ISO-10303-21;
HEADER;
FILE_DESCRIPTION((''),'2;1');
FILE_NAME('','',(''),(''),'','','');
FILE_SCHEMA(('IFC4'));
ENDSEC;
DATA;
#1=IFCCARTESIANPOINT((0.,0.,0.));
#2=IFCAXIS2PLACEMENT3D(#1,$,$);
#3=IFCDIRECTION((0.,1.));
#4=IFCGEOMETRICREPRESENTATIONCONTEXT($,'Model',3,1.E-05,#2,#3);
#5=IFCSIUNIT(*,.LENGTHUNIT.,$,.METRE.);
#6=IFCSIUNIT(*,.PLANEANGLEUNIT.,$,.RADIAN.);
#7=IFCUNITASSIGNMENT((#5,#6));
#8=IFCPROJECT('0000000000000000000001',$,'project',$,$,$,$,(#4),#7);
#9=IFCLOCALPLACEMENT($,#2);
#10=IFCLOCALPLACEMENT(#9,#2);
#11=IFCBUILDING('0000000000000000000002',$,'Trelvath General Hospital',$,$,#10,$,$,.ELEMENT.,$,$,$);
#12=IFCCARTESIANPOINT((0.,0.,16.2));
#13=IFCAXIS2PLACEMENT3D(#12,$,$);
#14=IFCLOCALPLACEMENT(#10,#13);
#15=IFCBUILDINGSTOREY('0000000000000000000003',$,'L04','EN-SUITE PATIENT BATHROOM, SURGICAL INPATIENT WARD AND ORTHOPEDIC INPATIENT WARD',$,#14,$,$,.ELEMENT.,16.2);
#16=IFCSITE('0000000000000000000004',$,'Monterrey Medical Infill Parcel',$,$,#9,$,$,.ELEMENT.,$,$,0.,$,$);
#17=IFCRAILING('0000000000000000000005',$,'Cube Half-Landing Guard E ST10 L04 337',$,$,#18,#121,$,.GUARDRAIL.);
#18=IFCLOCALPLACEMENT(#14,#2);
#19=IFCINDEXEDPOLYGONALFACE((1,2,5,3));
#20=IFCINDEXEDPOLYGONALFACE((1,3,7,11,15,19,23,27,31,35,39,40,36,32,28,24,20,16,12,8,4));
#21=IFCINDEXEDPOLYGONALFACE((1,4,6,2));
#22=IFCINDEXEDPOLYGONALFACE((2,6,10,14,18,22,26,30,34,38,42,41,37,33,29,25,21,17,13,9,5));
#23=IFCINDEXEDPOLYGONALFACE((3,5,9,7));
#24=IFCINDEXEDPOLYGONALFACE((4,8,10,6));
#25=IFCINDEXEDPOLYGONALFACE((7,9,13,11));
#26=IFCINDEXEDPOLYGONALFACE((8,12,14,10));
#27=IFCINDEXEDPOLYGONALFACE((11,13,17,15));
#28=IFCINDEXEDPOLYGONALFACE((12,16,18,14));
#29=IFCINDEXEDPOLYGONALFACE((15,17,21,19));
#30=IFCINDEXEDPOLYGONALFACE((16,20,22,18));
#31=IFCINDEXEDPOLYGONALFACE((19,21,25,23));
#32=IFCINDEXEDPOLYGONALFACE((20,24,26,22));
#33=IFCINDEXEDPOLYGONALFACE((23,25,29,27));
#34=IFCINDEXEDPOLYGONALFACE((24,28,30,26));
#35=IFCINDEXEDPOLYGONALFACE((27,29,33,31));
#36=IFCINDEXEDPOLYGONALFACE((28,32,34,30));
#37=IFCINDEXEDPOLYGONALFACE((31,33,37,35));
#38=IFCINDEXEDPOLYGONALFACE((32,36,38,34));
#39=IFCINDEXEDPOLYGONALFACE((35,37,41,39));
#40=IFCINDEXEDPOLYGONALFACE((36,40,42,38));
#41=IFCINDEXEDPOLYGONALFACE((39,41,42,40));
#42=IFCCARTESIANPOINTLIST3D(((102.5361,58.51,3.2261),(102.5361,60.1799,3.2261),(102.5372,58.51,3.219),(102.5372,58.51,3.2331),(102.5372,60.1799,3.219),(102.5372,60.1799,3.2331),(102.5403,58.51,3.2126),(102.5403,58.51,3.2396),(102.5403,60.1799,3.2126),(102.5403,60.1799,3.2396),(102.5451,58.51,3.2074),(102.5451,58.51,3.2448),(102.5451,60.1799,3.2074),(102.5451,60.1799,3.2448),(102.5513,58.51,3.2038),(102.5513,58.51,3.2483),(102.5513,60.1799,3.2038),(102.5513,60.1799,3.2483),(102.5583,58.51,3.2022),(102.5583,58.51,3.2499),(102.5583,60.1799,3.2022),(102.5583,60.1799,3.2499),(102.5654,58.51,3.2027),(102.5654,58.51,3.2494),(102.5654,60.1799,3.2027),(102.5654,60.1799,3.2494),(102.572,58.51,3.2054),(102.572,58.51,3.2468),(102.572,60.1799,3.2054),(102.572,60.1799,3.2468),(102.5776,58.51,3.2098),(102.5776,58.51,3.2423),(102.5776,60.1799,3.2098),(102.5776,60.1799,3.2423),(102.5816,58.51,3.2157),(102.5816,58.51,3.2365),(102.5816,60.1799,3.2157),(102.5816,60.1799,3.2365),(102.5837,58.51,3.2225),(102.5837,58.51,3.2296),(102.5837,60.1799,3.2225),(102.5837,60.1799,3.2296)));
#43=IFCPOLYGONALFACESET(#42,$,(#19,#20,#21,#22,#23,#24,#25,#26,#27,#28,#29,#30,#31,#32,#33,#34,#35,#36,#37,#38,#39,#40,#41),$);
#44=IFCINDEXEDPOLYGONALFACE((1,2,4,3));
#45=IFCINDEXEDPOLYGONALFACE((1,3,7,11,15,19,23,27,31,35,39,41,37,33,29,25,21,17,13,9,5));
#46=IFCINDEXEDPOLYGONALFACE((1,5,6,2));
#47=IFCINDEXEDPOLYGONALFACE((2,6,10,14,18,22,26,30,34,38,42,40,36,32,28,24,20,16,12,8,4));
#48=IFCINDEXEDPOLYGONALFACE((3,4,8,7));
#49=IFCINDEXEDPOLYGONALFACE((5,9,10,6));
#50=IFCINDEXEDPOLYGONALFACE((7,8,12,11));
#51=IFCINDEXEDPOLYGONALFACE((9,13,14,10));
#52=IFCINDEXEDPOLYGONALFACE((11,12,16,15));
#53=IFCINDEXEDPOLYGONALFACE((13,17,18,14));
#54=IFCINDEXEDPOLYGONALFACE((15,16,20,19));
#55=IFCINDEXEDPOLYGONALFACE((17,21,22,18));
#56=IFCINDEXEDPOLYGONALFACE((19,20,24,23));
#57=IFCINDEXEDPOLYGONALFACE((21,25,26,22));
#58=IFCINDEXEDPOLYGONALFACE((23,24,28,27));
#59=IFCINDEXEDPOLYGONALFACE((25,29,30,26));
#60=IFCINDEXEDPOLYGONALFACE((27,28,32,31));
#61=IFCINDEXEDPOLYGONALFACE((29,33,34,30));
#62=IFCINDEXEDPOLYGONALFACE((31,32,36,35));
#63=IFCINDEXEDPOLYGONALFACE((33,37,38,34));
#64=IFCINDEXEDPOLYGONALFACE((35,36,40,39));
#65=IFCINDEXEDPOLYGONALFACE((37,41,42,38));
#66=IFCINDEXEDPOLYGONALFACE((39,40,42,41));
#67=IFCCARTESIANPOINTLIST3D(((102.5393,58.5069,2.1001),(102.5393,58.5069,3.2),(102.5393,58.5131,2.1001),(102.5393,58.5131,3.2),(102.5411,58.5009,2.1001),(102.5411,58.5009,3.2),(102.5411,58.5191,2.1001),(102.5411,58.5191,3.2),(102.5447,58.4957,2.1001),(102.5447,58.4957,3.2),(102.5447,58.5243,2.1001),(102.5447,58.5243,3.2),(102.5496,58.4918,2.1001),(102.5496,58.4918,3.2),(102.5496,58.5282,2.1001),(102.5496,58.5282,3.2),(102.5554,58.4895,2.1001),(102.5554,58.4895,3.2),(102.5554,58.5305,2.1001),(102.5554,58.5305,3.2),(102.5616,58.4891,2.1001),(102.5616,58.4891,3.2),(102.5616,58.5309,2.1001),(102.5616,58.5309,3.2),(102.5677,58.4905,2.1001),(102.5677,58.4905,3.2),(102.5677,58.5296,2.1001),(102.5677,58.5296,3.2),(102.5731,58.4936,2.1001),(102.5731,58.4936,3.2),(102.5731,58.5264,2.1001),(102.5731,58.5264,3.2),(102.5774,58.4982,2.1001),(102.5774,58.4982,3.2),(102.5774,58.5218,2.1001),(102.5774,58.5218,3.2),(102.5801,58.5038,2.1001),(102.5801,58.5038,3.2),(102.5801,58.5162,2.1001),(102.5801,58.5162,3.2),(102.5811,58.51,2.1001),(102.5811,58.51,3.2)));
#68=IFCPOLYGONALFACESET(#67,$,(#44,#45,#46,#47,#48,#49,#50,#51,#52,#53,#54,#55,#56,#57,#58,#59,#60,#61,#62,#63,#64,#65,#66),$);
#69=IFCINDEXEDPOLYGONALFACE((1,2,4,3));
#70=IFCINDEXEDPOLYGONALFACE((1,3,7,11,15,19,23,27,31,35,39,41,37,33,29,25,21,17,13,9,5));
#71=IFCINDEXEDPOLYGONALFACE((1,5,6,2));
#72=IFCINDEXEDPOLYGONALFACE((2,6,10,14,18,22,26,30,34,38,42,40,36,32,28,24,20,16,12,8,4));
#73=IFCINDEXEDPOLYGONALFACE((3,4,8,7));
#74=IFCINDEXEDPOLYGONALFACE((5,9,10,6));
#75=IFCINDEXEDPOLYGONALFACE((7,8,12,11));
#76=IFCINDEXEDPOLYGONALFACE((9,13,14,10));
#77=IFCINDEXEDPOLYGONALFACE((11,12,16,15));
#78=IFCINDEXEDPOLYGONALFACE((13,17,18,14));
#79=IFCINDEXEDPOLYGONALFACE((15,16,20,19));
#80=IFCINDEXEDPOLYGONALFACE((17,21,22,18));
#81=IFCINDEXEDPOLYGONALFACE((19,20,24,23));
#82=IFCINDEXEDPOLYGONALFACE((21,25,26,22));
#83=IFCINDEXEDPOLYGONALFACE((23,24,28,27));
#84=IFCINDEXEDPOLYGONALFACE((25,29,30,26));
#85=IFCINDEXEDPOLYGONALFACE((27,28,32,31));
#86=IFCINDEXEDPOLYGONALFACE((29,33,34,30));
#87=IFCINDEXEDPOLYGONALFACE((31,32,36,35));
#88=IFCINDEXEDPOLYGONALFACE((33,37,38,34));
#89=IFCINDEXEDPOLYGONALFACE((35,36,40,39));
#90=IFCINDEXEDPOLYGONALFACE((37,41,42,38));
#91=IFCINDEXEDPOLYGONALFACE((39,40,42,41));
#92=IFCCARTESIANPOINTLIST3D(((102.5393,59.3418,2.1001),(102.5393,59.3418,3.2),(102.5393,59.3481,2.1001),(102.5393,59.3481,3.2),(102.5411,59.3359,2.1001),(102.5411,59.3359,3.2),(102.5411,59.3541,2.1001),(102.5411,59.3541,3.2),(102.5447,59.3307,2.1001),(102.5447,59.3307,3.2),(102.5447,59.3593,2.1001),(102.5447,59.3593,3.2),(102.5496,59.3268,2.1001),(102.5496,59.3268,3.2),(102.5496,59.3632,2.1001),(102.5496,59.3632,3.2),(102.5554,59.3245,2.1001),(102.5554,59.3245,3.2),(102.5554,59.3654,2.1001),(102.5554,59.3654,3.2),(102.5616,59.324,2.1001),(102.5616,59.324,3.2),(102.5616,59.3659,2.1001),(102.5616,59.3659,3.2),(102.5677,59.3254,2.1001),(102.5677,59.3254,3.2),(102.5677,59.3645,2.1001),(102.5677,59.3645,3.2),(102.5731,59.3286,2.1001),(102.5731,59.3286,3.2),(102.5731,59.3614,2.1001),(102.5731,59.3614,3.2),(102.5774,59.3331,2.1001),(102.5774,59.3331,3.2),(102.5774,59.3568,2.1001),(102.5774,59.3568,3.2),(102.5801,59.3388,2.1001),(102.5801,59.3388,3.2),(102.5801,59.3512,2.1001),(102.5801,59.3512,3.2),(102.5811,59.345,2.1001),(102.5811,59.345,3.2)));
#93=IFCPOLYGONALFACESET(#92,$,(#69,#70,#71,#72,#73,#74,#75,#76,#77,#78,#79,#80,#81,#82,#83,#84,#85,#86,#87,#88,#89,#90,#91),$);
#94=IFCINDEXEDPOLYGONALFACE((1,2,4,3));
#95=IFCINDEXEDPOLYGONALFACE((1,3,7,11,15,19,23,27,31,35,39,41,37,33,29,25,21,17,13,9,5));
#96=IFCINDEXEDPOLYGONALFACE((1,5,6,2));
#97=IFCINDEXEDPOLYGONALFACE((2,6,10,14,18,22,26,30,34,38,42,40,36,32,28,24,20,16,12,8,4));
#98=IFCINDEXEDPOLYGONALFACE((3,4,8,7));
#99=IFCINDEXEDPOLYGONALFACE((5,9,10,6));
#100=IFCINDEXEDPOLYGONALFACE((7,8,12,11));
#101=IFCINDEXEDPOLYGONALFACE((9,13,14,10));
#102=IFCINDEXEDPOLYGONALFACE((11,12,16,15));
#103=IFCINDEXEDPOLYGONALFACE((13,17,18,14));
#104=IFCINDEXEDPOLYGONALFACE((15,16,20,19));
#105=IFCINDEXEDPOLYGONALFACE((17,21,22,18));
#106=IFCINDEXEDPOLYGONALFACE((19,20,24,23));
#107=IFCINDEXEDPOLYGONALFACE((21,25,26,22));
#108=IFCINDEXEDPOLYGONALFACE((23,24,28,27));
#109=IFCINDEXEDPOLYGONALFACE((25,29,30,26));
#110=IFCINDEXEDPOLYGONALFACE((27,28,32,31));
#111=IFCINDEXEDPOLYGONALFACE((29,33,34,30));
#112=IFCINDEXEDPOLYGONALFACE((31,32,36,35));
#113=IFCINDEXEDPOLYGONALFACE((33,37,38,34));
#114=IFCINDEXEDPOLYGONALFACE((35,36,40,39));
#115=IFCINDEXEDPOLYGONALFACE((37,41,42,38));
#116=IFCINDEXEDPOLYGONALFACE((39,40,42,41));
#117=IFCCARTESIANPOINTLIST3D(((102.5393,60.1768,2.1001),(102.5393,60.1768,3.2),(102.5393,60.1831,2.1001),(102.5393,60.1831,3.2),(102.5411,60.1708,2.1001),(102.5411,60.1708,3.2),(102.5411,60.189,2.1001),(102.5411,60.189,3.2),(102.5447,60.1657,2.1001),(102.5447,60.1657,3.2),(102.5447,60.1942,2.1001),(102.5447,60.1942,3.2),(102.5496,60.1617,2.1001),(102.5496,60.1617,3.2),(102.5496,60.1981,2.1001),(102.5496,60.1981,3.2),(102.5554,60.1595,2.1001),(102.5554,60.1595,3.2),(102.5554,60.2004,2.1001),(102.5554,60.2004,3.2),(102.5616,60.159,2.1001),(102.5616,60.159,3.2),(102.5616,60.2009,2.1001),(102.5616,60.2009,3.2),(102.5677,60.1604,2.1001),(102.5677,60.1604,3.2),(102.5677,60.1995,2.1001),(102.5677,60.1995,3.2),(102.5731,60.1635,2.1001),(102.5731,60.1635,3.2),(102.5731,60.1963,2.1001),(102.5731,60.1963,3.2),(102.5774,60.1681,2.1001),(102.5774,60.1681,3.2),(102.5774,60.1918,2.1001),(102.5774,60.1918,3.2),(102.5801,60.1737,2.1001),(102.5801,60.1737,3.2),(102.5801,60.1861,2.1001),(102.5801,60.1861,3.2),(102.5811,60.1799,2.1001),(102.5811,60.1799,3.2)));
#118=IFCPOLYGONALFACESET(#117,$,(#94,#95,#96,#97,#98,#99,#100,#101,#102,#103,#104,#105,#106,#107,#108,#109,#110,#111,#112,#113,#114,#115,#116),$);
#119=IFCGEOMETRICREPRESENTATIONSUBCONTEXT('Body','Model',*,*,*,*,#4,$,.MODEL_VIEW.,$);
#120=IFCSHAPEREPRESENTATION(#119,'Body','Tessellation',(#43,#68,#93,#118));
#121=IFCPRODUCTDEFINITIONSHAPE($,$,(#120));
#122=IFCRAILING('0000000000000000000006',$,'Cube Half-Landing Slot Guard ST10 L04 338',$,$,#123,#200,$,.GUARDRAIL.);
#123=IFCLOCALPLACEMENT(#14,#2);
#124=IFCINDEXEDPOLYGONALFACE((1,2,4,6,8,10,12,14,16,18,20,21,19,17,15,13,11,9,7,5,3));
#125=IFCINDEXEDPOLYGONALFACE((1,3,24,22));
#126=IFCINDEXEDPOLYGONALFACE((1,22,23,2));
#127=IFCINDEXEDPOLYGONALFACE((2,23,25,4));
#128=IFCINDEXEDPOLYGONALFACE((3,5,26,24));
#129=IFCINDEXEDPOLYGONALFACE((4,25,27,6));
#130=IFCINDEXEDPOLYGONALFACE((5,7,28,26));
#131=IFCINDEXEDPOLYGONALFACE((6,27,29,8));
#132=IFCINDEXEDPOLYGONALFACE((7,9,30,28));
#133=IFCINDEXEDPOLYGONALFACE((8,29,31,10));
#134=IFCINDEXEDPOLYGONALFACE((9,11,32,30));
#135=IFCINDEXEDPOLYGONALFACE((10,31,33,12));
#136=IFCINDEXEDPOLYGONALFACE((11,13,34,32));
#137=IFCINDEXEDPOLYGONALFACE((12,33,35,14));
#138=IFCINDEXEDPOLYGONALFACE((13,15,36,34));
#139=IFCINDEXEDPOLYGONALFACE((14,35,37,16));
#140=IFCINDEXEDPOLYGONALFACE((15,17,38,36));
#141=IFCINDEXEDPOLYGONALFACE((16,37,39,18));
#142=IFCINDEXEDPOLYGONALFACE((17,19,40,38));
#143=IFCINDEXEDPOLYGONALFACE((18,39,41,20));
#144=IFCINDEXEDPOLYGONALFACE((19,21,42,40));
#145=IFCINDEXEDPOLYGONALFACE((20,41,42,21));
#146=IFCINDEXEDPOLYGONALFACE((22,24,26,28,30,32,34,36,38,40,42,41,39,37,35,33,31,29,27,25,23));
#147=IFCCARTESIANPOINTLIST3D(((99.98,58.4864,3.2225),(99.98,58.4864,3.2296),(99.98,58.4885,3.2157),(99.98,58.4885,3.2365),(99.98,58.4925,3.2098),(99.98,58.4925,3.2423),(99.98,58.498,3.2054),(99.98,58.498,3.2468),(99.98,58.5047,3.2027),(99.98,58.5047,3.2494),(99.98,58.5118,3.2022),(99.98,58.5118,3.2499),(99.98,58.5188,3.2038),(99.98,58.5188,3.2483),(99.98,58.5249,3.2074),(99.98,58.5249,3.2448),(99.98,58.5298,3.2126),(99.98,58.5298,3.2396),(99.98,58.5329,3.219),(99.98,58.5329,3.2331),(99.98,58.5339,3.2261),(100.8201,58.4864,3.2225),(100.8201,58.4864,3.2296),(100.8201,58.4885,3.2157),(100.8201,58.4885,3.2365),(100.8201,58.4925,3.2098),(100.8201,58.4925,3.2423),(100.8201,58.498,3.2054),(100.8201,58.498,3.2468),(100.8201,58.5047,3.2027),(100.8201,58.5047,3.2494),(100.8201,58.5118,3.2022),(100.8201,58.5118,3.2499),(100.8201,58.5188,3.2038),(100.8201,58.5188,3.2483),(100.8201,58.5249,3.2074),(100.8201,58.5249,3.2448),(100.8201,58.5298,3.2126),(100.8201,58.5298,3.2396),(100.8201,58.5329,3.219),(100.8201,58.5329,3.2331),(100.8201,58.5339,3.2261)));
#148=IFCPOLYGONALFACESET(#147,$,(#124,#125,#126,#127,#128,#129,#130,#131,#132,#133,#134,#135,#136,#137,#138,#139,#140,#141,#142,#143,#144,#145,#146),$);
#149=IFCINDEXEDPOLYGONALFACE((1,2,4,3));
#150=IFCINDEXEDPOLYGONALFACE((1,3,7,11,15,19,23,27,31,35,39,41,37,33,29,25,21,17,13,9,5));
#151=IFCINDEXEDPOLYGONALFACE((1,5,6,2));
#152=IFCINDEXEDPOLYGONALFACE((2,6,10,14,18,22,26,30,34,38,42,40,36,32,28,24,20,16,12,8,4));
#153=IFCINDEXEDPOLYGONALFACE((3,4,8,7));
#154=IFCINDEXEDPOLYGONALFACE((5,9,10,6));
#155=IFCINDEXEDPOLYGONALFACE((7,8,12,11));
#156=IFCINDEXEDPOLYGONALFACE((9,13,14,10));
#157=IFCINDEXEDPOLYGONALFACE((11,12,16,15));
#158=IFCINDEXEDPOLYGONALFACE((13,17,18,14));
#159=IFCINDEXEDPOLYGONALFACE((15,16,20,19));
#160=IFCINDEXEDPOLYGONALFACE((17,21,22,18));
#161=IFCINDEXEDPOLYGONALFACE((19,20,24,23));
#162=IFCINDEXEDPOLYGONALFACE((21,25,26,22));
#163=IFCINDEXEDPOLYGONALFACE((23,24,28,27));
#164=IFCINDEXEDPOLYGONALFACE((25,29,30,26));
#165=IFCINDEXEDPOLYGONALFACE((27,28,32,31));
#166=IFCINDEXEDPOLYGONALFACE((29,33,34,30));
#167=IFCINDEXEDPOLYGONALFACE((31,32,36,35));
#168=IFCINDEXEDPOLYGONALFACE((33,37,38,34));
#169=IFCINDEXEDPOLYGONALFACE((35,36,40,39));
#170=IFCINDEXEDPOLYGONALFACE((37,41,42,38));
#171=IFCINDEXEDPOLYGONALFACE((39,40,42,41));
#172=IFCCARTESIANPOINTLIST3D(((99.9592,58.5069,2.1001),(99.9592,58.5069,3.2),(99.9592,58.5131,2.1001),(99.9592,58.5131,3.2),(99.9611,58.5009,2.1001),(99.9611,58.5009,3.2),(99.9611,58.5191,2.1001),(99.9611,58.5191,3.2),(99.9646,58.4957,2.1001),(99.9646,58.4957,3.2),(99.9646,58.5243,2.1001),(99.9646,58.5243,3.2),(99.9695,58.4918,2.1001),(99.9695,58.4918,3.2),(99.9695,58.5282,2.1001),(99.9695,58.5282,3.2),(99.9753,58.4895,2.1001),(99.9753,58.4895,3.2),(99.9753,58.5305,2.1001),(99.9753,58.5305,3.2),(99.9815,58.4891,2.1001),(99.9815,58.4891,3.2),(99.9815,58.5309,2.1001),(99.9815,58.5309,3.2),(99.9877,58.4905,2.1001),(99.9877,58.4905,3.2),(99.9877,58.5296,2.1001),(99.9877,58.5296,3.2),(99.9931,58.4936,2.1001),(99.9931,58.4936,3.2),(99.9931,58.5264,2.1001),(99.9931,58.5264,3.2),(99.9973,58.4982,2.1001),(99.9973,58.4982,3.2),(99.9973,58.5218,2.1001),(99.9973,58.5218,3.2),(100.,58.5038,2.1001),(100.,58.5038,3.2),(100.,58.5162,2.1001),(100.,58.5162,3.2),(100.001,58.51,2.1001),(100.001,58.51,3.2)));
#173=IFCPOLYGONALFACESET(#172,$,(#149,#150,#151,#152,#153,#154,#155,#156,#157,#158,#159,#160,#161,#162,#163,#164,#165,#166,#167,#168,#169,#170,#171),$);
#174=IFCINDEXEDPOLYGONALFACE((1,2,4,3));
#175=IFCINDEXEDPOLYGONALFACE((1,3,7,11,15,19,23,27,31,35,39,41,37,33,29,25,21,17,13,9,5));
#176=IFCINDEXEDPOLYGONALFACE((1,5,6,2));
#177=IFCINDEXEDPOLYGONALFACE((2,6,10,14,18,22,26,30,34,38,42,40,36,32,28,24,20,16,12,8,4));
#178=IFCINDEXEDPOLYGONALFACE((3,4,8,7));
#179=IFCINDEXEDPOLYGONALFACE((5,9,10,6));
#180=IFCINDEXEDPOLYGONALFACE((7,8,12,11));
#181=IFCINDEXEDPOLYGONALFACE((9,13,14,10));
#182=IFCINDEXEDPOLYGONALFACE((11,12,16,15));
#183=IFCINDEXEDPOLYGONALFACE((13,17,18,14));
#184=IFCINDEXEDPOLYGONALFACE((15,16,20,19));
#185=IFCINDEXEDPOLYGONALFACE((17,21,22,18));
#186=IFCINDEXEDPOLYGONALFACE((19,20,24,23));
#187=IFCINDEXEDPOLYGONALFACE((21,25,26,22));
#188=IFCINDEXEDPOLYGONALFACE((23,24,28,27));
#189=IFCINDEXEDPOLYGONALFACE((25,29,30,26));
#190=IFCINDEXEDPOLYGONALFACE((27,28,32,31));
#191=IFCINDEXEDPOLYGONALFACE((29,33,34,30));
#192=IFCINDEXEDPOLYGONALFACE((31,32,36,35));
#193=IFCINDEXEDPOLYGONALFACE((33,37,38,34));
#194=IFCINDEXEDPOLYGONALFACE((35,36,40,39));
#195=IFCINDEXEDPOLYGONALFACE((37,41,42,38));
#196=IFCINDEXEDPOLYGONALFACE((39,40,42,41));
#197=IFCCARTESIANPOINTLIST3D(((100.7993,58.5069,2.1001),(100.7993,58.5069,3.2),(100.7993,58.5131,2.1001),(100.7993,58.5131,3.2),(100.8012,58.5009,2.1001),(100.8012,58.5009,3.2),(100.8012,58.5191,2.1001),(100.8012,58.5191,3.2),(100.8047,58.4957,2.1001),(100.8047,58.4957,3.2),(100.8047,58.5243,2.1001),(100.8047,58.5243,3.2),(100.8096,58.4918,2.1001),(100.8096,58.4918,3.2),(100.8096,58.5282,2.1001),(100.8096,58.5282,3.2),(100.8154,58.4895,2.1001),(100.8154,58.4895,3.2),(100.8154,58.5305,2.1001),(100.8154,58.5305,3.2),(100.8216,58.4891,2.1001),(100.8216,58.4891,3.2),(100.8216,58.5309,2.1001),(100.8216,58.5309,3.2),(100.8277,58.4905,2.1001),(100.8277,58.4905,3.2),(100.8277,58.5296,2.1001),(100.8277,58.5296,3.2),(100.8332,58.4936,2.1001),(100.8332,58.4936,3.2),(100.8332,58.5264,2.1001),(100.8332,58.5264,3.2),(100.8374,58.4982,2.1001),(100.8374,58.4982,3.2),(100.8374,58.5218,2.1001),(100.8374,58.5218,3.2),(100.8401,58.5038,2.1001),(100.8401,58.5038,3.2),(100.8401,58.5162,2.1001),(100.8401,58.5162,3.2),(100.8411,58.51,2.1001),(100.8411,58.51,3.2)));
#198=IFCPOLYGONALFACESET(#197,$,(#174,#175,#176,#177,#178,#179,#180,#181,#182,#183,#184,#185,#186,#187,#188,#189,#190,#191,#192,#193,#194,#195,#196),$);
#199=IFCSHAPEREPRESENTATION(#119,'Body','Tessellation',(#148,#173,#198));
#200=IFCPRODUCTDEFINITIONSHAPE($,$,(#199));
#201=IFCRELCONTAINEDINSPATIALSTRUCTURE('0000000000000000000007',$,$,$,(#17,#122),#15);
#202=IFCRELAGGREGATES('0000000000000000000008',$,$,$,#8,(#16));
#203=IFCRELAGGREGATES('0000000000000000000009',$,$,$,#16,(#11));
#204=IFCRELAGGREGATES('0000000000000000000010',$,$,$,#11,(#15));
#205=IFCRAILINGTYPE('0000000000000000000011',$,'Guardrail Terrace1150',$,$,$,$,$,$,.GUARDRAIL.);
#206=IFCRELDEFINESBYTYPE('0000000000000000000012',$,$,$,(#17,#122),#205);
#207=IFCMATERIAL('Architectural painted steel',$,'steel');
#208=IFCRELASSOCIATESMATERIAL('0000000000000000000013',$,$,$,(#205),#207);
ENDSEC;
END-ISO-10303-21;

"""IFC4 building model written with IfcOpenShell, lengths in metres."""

from ifc_helpers import new_model, si_unit, direction, frame, origin, origin_2d, place, context, subcontext, project, spatial, circle, extrude, material, type_object, element, save


model = new_model("IFC4")

# Units and contexts
model_context = context("Model", 3, precision=1e-05, world=origin(), true_north=direction((0.0, 1.0)))
body_context = subcontext(model_context, "Body", "Model", "MODEL_VIEW")
ifc_project = project(units=[si_unit("LENGTHUNIT", "METRE"), si_unit("PLANEANGLEUNIT", "RADIAN")], contexts=[model_context])

# Site, building, storey
site_placement = place(None, origin())
site = spatial("IfcSite", under=ifc_project, at=site_placement, Name="Monterrey Medical Infill Parcel", CompositionType="ELEMENT", RefElevation=0.0)
building_placement = place(site_placement, origin())
building = spatial("IfcBuilding", under=site, at=building_placement, Name="Trelvath General Hospital", CompositionType="ELEMENT")
storey_placement = place(building_placement, frame((0.0, 0.0, 16.2)))
storey = spatial("IfcBuildingStorey", under=building, at=storey_placement, Name="L04", Description="EN-SUITE PATIENT BATHROOM, SURGICAL INPATIENT WARD AND ORTHOPEDIC INPATIENT WARD", CompositionType="ELEMENT", Elevation=16.2)

# Railings
ifc_material_1 = material(Name="Architectural painted steel", Category="steel")
railing_type = type_object("IfcRailingType", Name="Guardrail Terrace1150", PredefinedType="GUARDRAIL", material=ifc_material_1)
railing_1_placement = place(storey_placement, frame((102.5601, 58.51, 2.1001)))
element("IfcRailing", 1, at=railing_1_placement, inside=storey, type_object=railing_type, Name="Cube Half-Landing Guard E ST10 L04 337", PredefinedType="GUARDRAIL", context=body_context, shape_type="SweptSolid", body=[
    extrude(circle(Radius=0.0239, at=origin_2d()), frame((0.0, 0.0, 1.126), z_axis=(0.0, 1.0, 0.0), x_axis=(-1.0, 0.0, 0.0)), (0.0, 0.0, 1.0), 1.6699),
    extrude(circle(Radius=0.021, at=origin_2d()), origin(), (0.0, 0.0, 1.0), 1.0999),
    extrude(circle(Radius=0.021, at=origin_2d()), frame((0.0, 0.835, 0.0)), (0.0, 0.0, 1.0), 1.0999),
    extrude(circle(Radius=0.021, at=origin_2d()), frame((0.0, 1.6699, 0.0)), (0.0, 0.0, 1.0), 1.0999),
])
railing_2_placement = place(storey_placement, frame((99.98, 58.51, 2.1001)))
element("IfcRailing", 2, at=railing_2_placement, inside=storey, type_object=railing_type, Name="Cube Half-Landing Slot Guard ST10 L04 338", PredefinedType="GUARDRAIL", context=body_context, shape_type="SweptSolid", body=[
    extrude(circle(Radius=0.0239, at=origin_2d()), frame((0.0, 0.0, 1.126), z_axis=(1.0, 0.0, 0.0), x_axis=(0.0, 1.0, 0.0)), (0.0, 0.0, 1.0), 0.8401),
    extrude(circle(Radius=0.021, at=origin_2d()), origin(), (0.0, 0.0, 1.0), 1.0999),
    extrude(circle(Radius=0.021, at=origin_2d()), frame((0.8401, 0.0, 0.0)), (0.0, 0.0, 1.0), 1.0999),
])

save(model, "model.ifc")
